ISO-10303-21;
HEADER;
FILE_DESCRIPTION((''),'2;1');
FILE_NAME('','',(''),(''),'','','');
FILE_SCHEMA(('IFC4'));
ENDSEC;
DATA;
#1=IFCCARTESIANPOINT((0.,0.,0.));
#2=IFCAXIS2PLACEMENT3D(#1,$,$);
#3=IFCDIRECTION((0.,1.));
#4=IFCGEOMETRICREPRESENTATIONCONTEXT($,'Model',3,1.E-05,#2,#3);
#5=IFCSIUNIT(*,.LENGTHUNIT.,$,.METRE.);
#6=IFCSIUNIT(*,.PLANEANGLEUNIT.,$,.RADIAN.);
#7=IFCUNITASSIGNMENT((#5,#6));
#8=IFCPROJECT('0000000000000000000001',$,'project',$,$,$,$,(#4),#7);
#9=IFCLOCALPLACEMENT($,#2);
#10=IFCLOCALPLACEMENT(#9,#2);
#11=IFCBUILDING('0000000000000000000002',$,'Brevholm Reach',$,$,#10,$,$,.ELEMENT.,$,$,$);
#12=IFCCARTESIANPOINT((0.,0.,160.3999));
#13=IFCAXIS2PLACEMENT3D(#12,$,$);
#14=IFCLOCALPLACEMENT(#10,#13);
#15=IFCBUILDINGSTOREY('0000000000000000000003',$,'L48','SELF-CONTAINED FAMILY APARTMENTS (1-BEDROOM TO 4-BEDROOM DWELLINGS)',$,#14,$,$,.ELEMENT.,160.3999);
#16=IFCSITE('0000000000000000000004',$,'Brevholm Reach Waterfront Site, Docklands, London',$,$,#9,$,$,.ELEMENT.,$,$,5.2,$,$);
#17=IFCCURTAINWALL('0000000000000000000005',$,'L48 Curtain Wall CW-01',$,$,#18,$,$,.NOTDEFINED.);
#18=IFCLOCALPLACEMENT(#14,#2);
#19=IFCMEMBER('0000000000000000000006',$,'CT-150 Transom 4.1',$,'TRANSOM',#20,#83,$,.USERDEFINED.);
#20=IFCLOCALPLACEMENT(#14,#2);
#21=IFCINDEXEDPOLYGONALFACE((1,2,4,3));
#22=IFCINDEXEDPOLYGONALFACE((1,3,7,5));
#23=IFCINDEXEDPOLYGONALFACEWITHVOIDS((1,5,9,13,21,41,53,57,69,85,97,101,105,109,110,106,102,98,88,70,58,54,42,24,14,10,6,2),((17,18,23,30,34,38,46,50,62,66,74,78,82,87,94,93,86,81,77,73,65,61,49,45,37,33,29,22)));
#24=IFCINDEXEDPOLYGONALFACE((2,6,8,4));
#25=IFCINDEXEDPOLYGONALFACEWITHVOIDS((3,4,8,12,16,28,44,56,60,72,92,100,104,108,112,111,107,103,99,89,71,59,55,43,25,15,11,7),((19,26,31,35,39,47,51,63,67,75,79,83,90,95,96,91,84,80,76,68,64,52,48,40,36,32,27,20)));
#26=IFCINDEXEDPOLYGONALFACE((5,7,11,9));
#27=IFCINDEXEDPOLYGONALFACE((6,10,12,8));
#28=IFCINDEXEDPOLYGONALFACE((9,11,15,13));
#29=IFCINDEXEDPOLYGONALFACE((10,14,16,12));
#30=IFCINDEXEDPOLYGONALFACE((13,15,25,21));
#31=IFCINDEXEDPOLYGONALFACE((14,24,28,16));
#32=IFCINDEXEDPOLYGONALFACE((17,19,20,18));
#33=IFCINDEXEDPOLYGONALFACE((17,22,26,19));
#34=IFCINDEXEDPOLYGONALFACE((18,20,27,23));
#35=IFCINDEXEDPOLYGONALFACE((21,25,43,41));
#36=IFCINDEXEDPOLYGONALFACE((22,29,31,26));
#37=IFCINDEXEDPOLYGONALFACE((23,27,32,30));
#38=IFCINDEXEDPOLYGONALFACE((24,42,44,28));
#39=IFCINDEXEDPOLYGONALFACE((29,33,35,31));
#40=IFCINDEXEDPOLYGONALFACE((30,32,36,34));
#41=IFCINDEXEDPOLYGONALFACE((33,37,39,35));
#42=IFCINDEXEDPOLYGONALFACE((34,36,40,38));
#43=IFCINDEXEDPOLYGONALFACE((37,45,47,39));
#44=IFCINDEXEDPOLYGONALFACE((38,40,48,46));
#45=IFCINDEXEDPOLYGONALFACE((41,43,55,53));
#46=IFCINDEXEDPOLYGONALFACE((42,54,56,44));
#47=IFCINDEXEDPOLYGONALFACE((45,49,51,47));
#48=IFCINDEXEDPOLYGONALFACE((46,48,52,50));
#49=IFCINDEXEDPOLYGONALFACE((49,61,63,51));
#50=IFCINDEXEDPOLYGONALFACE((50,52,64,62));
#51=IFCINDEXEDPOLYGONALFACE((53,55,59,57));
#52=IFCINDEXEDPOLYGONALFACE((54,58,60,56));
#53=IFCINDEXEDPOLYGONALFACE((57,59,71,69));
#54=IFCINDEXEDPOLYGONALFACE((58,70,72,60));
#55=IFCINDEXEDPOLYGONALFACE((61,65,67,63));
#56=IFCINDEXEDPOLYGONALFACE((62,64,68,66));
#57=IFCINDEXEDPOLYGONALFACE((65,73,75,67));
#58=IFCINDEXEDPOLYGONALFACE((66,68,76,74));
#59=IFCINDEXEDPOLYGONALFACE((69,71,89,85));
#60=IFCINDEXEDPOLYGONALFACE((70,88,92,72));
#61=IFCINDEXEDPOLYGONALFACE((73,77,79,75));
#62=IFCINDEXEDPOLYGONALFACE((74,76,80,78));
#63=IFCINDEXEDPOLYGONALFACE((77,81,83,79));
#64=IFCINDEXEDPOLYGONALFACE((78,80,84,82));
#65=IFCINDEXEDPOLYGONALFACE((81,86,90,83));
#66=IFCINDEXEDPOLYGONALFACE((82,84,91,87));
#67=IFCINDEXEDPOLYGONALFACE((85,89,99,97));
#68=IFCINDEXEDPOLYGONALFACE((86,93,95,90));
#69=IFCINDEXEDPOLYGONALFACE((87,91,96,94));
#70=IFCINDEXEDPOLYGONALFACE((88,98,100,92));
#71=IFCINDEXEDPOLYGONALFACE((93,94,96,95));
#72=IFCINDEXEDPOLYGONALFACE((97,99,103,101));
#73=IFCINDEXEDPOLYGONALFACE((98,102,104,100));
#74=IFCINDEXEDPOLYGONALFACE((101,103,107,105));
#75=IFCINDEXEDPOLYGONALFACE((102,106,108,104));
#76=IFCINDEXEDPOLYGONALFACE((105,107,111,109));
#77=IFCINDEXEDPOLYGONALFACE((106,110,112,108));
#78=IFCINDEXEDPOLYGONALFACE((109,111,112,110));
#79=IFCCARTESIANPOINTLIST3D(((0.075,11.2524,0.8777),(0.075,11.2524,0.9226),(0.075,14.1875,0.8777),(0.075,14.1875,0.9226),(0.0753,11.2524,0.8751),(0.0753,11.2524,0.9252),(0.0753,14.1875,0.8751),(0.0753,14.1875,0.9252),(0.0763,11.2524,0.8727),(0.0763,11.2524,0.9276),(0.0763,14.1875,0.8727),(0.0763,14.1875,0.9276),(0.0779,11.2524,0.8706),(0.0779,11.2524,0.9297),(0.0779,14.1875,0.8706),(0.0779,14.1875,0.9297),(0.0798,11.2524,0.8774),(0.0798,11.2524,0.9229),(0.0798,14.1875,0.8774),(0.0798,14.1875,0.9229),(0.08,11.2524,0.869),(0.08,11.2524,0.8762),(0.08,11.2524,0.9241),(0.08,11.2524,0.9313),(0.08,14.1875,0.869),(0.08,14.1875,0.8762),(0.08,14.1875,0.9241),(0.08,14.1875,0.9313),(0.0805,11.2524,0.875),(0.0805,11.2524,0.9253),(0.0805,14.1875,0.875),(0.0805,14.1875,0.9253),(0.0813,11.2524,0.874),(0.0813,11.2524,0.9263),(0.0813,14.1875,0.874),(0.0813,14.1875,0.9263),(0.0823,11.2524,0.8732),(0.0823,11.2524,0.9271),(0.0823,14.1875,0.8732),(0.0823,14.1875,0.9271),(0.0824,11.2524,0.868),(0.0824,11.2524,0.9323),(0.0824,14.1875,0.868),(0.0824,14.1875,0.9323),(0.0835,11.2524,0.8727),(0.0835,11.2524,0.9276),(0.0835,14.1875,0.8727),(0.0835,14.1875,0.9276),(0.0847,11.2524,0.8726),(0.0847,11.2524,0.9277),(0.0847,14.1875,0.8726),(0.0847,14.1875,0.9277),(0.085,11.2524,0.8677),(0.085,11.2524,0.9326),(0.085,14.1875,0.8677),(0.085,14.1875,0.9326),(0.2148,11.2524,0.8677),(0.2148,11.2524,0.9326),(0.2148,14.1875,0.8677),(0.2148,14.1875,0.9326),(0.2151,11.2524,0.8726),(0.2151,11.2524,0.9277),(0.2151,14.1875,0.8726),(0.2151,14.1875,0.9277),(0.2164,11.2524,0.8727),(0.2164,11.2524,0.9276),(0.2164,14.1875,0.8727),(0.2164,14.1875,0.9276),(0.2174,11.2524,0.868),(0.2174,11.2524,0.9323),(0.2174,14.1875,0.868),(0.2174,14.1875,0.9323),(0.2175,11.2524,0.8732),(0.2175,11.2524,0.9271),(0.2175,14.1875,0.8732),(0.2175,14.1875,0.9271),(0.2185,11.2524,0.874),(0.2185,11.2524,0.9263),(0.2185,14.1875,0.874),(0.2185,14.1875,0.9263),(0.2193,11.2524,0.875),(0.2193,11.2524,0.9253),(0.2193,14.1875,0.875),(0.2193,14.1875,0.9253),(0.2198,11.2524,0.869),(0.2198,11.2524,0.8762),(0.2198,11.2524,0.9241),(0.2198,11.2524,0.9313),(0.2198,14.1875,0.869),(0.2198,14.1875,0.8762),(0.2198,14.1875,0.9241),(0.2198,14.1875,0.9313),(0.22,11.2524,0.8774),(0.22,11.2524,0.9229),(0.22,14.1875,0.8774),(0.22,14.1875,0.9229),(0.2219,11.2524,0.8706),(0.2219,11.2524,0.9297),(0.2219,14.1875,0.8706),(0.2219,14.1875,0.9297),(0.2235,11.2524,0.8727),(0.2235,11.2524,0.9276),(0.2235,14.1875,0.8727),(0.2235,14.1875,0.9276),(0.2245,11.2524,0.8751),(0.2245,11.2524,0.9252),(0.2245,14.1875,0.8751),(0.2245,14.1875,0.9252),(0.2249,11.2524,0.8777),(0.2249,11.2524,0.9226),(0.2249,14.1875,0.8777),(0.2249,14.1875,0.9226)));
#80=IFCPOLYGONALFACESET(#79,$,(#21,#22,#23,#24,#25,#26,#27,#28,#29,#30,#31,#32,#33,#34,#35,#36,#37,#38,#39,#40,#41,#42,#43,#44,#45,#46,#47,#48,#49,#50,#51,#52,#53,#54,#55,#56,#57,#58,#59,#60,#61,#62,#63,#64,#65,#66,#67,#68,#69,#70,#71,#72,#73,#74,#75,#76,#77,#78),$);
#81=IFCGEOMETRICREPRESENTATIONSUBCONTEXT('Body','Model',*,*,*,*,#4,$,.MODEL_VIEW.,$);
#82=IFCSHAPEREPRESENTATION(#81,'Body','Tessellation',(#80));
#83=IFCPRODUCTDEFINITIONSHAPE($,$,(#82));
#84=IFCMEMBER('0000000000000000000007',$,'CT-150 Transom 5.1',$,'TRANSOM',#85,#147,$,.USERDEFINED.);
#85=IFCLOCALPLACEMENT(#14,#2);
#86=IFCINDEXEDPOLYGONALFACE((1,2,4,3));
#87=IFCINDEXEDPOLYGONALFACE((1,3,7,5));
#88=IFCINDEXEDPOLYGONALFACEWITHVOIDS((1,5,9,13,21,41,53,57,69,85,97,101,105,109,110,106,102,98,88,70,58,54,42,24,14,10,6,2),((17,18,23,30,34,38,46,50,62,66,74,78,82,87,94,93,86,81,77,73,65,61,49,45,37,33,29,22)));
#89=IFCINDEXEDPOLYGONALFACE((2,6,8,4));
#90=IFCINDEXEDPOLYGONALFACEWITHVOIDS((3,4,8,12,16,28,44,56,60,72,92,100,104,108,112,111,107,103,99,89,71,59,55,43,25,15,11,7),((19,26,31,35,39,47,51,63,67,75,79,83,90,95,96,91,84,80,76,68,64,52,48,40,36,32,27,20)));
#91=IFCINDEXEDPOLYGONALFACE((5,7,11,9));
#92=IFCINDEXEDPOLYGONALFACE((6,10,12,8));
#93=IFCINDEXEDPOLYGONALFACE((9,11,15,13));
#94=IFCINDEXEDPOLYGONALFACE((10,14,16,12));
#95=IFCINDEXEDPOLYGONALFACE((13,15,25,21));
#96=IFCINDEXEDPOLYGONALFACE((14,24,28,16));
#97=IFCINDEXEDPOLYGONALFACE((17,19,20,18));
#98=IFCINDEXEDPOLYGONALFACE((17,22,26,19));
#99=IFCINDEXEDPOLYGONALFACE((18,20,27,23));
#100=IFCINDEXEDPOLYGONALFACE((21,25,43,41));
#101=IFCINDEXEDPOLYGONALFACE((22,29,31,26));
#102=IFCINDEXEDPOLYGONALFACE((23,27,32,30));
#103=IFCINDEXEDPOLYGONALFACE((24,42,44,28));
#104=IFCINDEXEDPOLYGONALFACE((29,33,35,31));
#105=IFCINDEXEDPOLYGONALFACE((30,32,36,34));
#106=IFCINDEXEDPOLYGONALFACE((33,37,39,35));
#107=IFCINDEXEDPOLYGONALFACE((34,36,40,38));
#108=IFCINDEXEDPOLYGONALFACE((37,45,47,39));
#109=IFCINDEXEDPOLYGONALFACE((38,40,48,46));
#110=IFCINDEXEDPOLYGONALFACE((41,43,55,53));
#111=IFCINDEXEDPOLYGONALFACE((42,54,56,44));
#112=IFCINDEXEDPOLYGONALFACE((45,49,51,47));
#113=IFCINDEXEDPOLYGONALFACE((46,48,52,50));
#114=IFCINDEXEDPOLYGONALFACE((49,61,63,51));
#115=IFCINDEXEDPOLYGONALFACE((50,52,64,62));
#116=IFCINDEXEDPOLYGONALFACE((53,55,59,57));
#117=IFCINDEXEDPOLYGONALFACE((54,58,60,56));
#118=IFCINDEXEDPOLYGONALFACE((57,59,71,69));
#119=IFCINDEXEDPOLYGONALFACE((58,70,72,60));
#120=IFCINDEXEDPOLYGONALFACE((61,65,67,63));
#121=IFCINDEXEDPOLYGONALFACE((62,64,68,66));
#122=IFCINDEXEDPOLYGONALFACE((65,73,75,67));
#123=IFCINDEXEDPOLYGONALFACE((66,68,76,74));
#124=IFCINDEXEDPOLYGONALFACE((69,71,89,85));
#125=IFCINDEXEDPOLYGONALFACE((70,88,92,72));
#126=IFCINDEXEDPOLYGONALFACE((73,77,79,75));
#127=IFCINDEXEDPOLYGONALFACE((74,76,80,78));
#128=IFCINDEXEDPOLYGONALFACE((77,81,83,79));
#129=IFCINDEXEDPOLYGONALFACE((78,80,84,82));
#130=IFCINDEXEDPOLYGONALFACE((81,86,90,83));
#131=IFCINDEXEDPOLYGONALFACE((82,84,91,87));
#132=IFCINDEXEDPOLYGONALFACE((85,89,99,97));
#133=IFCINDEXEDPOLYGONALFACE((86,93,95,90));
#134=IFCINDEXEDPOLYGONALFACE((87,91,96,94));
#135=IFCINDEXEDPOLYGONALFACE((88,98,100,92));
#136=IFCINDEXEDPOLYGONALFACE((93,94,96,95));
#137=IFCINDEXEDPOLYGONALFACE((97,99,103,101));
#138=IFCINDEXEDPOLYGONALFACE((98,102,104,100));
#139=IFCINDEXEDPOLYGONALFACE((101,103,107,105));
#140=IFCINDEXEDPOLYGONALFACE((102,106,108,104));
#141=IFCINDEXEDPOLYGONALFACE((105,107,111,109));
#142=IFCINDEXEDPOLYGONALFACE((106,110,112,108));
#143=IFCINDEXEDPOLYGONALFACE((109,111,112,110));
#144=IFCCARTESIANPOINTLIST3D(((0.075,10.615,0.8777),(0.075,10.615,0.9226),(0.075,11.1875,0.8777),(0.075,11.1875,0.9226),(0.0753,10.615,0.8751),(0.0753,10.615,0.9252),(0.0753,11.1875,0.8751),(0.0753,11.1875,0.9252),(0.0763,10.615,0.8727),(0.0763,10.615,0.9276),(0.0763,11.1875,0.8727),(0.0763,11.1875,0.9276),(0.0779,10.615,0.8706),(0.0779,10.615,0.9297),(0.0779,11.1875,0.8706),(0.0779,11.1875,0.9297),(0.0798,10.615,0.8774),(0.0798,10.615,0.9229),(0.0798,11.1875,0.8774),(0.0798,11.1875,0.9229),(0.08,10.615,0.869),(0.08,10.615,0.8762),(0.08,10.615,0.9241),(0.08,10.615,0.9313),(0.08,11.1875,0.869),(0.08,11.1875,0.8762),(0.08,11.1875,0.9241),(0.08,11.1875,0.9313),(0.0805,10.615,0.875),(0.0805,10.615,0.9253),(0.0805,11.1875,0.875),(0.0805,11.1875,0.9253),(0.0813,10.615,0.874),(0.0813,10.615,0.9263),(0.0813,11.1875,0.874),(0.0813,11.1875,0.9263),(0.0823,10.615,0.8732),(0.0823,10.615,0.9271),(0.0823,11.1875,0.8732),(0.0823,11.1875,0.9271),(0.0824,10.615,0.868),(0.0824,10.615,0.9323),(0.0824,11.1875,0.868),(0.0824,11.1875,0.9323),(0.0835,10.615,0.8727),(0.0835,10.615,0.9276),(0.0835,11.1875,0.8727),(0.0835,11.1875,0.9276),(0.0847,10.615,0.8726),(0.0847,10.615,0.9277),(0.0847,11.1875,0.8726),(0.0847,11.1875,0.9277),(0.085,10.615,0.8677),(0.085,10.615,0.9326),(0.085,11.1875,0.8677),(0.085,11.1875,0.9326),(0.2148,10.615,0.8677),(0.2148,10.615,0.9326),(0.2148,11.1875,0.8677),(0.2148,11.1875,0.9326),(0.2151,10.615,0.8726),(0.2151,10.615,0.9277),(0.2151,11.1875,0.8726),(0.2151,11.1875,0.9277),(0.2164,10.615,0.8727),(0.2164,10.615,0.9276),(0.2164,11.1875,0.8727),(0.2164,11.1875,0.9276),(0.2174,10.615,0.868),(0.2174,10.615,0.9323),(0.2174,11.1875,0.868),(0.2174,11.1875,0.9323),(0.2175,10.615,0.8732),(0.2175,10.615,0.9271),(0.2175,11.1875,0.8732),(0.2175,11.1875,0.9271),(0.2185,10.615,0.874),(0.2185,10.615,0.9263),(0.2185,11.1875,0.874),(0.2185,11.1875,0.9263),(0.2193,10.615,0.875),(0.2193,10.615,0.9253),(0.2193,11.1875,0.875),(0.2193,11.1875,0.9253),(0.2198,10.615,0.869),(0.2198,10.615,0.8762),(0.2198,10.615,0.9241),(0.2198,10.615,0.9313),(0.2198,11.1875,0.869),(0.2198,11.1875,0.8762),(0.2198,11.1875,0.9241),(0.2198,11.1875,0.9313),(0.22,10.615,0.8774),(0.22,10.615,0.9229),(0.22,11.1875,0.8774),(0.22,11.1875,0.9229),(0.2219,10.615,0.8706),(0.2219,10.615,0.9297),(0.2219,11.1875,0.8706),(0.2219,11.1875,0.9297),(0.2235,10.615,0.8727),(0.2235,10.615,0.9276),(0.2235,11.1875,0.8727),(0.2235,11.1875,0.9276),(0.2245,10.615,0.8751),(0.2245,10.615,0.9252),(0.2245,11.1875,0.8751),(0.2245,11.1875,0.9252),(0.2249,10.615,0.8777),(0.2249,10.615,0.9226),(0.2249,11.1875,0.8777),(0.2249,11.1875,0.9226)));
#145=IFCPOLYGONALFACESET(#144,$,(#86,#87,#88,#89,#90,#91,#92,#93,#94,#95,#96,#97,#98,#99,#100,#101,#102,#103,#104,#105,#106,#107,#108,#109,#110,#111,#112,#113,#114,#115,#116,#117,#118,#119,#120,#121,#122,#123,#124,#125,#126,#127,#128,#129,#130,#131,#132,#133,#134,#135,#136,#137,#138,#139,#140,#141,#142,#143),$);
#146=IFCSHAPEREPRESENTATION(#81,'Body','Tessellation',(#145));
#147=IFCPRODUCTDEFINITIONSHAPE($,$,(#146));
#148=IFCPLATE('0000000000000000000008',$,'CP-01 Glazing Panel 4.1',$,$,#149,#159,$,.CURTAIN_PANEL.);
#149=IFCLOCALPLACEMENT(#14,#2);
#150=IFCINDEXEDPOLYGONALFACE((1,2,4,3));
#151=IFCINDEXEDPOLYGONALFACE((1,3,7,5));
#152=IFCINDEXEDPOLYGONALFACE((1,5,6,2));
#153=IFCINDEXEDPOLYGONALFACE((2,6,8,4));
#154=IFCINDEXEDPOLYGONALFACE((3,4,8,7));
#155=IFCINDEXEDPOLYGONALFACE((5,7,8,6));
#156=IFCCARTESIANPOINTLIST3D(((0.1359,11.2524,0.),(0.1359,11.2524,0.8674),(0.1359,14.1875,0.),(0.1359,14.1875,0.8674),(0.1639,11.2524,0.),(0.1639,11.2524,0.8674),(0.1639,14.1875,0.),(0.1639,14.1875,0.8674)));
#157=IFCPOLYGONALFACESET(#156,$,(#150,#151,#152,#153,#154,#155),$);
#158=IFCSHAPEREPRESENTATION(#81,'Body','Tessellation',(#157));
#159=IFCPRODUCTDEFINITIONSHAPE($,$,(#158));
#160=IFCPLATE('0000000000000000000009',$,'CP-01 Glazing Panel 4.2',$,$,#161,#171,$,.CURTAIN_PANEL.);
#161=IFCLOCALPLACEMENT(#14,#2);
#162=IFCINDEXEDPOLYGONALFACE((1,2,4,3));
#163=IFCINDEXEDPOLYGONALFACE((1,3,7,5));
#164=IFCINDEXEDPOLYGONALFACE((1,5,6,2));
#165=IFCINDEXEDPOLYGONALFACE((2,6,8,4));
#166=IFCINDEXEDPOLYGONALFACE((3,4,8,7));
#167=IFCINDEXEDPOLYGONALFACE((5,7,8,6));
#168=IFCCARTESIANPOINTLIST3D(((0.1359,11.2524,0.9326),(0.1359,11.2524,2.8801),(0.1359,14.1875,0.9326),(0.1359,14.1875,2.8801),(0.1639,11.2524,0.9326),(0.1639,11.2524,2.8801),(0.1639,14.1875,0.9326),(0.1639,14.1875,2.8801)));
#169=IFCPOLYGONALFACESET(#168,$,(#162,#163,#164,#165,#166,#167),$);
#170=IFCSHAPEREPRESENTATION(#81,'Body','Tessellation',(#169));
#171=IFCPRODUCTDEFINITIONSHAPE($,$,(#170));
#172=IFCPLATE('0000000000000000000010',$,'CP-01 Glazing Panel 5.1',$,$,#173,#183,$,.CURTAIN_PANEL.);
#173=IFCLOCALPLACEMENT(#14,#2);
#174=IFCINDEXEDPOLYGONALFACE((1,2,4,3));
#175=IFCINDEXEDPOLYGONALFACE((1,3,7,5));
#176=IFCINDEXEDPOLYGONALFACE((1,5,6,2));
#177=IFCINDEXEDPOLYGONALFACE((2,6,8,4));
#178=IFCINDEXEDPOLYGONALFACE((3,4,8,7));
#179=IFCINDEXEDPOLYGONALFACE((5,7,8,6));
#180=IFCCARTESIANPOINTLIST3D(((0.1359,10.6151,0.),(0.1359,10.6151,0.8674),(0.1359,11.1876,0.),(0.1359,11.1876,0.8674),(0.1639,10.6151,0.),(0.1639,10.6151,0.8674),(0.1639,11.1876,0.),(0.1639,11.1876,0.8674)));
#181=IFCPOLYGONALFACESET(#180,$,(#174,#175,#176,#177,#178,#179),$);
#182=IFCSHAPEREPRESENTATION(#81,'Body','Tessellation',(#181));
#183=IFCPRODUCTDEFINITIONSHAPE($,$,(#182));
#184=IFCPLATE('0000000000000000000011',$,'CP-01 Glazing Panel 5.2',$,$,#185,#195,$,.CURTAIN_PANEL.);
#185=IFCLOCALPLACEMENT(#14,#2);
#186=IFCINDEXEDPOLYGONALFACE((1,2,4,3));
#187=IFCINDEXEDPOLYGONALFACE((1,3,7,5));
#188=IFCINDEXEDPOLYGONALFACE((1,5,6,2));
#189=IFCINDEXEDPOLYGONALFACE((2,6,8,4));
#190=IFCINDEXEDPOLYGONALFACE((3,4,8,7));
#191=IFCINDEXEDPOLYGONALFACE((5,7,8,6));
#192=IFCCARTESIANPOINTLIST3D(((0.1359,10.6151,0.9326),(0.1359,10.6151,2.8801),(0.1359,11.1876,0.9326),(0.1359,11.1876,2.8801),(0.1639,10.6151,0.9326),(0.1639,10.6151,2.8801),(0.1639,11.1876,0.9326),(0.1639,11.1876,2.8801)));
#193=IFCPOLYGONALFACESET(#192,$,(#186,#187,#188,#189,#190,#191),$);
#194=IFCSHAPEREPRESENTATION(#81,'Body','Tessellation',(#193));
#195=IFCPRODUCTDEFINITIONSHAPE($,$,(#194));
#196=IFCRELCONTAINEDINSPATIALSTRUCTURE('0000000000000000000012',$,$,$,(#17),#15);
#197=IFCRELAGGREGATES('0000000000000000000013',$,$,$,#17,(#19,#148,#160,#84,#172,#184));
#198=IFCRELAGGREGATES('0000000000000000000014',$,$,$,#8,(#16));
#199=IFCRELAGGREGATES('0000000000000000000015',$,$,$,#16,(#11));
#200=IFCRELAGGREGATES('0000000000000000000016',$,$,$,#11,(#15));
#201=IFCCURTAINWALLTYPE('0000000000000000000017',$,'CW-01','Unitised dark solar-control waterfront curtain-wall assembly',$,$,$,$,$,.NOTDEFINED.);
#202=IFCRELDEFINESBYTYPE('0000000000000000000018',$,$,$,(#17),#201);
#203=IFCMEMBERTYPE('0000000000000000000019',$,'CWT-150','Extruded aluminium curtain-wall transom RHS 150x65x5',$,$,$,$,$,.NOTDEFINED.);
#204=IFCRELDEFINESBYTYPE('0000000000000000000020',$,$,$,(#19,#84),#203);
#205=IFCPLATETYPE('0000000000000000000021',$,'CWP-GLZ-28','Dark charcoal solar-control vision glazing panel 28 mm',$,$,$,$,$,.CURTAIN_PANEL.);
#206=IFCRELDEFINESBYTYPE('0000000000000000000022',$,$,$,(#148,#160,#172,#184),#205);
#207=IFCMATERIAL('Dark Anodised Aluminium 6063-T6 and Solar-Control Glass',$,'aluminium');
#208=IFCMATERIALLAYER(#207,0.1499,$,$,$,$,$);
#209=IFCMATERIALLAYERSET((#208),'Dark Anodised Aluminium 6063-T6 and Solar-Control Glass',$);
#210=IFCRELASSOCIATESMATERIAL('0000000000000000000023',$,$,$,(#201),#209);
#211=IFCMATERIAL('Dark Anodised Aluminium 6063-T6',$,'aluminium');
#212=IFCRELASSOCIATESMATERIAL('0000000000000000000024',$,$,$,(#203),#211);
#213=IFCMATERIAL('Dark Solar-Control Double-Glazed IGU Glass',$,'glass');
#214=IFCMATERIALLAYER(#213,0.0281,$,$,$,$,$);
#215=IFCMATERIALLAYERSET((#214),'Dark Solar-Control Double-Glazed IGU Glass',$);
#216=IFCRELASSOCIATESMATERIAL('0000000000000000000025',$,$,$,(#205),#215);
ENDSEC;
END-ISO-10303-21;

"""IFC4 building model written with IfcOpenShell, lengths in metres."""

from ifc_helpers import new_model, si_unit, direction, frame, origin, origin_2d, place, context, subcontext, project, spatial, rectangle, hollow_rectangle, extrude, material, layer, layer_set, material_profile, profile_set, type_object, element, aggregate, save


model = new_model("IFC4")

# Units and contexts
model_context = context("Model", 3, precision=1e-05, world=origin(), true_north=direction((0.0, 1.0)))
body_context = subcontext(model_context, "Body", "Model", "MODEL_VIEW")
ifc_project = project(units=[si_unit("LENGTHUNIT", "METRE"), si_unit("PLANEANGLEUNIT", "RADIAN")], contexts=[model_context])

# Site, building, storey
site_placement = place(None, origin())
site = spatial("IfcSite", under=ifc_project, at=site_placement, Name="Brevholm Reach Waterfront Site, Docklands, London", CompositionType="ELEMENT", RefElevation=5.2)
building_placement = place(site_placement, origin())
building = spatial("IfcBuilding", under=site, at=building_placement, Name="Brevholm Reach", CompositionType="ELEMENT")
storey_placement = place(building_placement, frame((0.0, 0.0, 160.3999)))
storey = spatial("IfcBuildingStorey", under=building, at=storey_placement, Name="L48", Description="SELF-CONTAINED FAMILY APARTMENTS (1-BEDROOM TO 4-BEDROOM DWELLINGS)", CompositionType="ELEMENT", Elevation=160.3999)

# Curtain wall, members, plates
ifc_material_1 = material(Name="Dark Anodised Aluminium 6063-T6 and Solar-Control Glass", Category="aluminium")
ifc_layer_1 = layer(ifc_material_1, 0.1499)
ifc_layer_set_1 = layer_set([ifc_layer_1], Name="Dark Anodised Aluminium 6063-T6 and Solar-Control Glass")
curtain_wall_type = type_object("IfcCurtainWallType", Name="CW-01", Description="Unitised dark solar-control waterfront curtain-wall assembly", PredefinedType="NOTDEFINED", material=ifc_layer_set_1)
curtain_wall_placement = place(storey_placement, origin())
curtain_wall = element("IfcCurtainWall", 1, at=curtain_wall_placement, inside=storey, type_object=curtain_wall_type, Name="L48 Curtain Wall CW-01", PredefinedType="NOTDEFINED")
ifc_material_2 = material(Name="Dark Anodised Aluminium 6063-T6", Category="aluminium")
ifc_material_profile_1 = material_profile(ifc_material_2, hollow_rectangle(XDim=0.0649, YDim=0.1499, WallThickness=0.0049, InnerFilletRadius=0.0049, OuterFilletRadius=0.01, at=origin_2d()), Name="RHS 150x65x5")
ifc_profile_set_1 = profile_set([ifc_material_profile_1], Name="Dark Anodised Aluminium 6063-T6")
member_type_1 = type_object("IfcMemberType", Name="CWT-150", Description="Extruded aluminium curtain-wall transom RHS 150x65x5", PredefinedType="NOTDEFINED", material=ifc_profile_set_1)
member_1_placement = place(storey_placement, frame((0.1499, 14.1875, 0.9001), z_axis=(0.0, -1.0, 0.0), x_axis=(0.0, 0.0, 1.0)))
member_1 = element("IfcMember", 2, at=member_1_placement, type_object=member_type_1, Name="CT-150 Transom 4.1", ObjectType="TRANSOM", PredefinedType="USERDEFINED", context=body_context, shape_type="SweptSolid", body=[
    extrude(hollow_rectangle(XDim=0.0649, YDim=0.1499, WallThickness=0.0049, InnerFilletRadius=0.0049, OuterFilletRadius=0.01, at=origin_2d()), origin(), (0.0, 0.0, 1.0), 2.9351),
])
member_2_placement = place(storey_placement, frame((0.1499, 11.1875, 0.9001), z_axis=(0.0, -1.0, 0.0), x_axis=(0.0, 0.0, 1.0)))
member_2 = element("IfcMember", 3, at=member_2_placement, type_object=member_type_1, Name="CT-150 Transom 5.1", ObjectType="TRANSOM", PredefinedType="USERDEFINED", context=body_context, shape_type="SweptSolid", body=[
    extrude(hollow_rectangle(XDim=0.0649, YDim=0.1499, WallThickness=0.0049, InnerFilletRadius=0.0049, OuterFilletRadius=0.01, at=origin_2d()), origin(), (0.0, 0.0, 1.0), 0.5725),
])
ifc_material_3 = material(Name="Dark Solar-Control Double-Glazed IGU Glass", Category="glass")
ifc_layer_2 = layer(ifc_material_3, 0.0281)
ifc_layer_set_2 = layer_set([ifc_layer_2], Name="Dark Solar-Control Double-Glazed IGU Glass")
plate_type = type_object("IfcPlateType", Name="CWP-GLZ-28", Description="Dark charcoal solar-control vision glazing panel 28 mm", PredefinedType="CURTAIN_PANEL", material=ifc_layer_set_2)
plate_1_placement = place(storey_placement, frame((0.1499, 12.72, 0.0), z_axis=(0.0, 0.0, 1.0), x_axis=(0.0, -1.0, 0.0)))
plate_1 = element("IfcPlate", 4, at=plate_1_placement, type_object=plate_type, Name="CP-01 Glazing Panel 4.1", PredefinedType="CURTAIN_PANEL", context=body_context, shape_type="SweptSolid", body=[
    extrude(rectangle(XDim=2.9351, YDim=0.0281, at=origin_2d()), origin(), (0.0, 0.0, 1.0), 0.8674),
])
plate_2_placement = place(storey_placement, frame((0.1499, 12.72, 0.9326), z_axis=(0.0, 0.0, 1.0), x_axis=(0.0, -1.0, 0.0)))
plate_2 = element("IfcPlate", 5, at=plate_2_placement, type_object=plate_type, Name="CP-01 Glazing Panel 4.2", PredefinedType="CURTAIN_PANEL", context=body_context, shape_type="SweptSolid", body=[
    extrude(rectangle(XDim=2.9351, YDim=0.0281, at=origin_2d()), origin(), (0.0, 0.0, 1.0), 1.9475),
])
plate_3_placement = place(storey_placement, frame((0.1499, 10.9014, 0.0), z_axis=(0.0, 0.0, 1.0), x_axis=(0.0, -1.0, 0.0)))
plate_3 = element("IfcPlate", 6, at=plate_3_placement, type_object=plate_type, Name="CP-01 Glazing Panel 5.1", PredefinedType="CURTAIN_PANEL", context=body_context, shape_type="SweptSolid", body=[
    extrude(rectangle(XDim=0.5725, YDim=0.0281, at=origin_2d()), origin(), (0.0, 0.0, 1.0), 0.8674),
])
plate_4_placement = place(storey_placement, frame((0.1499, 10.9014, 0.9326), z_axis=(0.0, 0.0, 1.0), x_axis=(0.0, -1.0, 0.0)))
plate_4 = element("IfcPlate", 7, at=plate_4_placement, type_object=plate_type, Name="CP-01 Glazing Panel 5.2", PredefinedType="CURTAIN_PANEL", context=body_context, shape_type="SweptSolid", body=[
    extrude(rectangle(XDim=0.5725, YDim=0.0281, at=origin_2d()), origin(), (0.0, 0.0, 1.0), 1.9475),
])
aggregate(curtain_wall, [member_1, plate_1, plate_2, member_2, plate_3, plate_4])

save(model, "model.ifc")
